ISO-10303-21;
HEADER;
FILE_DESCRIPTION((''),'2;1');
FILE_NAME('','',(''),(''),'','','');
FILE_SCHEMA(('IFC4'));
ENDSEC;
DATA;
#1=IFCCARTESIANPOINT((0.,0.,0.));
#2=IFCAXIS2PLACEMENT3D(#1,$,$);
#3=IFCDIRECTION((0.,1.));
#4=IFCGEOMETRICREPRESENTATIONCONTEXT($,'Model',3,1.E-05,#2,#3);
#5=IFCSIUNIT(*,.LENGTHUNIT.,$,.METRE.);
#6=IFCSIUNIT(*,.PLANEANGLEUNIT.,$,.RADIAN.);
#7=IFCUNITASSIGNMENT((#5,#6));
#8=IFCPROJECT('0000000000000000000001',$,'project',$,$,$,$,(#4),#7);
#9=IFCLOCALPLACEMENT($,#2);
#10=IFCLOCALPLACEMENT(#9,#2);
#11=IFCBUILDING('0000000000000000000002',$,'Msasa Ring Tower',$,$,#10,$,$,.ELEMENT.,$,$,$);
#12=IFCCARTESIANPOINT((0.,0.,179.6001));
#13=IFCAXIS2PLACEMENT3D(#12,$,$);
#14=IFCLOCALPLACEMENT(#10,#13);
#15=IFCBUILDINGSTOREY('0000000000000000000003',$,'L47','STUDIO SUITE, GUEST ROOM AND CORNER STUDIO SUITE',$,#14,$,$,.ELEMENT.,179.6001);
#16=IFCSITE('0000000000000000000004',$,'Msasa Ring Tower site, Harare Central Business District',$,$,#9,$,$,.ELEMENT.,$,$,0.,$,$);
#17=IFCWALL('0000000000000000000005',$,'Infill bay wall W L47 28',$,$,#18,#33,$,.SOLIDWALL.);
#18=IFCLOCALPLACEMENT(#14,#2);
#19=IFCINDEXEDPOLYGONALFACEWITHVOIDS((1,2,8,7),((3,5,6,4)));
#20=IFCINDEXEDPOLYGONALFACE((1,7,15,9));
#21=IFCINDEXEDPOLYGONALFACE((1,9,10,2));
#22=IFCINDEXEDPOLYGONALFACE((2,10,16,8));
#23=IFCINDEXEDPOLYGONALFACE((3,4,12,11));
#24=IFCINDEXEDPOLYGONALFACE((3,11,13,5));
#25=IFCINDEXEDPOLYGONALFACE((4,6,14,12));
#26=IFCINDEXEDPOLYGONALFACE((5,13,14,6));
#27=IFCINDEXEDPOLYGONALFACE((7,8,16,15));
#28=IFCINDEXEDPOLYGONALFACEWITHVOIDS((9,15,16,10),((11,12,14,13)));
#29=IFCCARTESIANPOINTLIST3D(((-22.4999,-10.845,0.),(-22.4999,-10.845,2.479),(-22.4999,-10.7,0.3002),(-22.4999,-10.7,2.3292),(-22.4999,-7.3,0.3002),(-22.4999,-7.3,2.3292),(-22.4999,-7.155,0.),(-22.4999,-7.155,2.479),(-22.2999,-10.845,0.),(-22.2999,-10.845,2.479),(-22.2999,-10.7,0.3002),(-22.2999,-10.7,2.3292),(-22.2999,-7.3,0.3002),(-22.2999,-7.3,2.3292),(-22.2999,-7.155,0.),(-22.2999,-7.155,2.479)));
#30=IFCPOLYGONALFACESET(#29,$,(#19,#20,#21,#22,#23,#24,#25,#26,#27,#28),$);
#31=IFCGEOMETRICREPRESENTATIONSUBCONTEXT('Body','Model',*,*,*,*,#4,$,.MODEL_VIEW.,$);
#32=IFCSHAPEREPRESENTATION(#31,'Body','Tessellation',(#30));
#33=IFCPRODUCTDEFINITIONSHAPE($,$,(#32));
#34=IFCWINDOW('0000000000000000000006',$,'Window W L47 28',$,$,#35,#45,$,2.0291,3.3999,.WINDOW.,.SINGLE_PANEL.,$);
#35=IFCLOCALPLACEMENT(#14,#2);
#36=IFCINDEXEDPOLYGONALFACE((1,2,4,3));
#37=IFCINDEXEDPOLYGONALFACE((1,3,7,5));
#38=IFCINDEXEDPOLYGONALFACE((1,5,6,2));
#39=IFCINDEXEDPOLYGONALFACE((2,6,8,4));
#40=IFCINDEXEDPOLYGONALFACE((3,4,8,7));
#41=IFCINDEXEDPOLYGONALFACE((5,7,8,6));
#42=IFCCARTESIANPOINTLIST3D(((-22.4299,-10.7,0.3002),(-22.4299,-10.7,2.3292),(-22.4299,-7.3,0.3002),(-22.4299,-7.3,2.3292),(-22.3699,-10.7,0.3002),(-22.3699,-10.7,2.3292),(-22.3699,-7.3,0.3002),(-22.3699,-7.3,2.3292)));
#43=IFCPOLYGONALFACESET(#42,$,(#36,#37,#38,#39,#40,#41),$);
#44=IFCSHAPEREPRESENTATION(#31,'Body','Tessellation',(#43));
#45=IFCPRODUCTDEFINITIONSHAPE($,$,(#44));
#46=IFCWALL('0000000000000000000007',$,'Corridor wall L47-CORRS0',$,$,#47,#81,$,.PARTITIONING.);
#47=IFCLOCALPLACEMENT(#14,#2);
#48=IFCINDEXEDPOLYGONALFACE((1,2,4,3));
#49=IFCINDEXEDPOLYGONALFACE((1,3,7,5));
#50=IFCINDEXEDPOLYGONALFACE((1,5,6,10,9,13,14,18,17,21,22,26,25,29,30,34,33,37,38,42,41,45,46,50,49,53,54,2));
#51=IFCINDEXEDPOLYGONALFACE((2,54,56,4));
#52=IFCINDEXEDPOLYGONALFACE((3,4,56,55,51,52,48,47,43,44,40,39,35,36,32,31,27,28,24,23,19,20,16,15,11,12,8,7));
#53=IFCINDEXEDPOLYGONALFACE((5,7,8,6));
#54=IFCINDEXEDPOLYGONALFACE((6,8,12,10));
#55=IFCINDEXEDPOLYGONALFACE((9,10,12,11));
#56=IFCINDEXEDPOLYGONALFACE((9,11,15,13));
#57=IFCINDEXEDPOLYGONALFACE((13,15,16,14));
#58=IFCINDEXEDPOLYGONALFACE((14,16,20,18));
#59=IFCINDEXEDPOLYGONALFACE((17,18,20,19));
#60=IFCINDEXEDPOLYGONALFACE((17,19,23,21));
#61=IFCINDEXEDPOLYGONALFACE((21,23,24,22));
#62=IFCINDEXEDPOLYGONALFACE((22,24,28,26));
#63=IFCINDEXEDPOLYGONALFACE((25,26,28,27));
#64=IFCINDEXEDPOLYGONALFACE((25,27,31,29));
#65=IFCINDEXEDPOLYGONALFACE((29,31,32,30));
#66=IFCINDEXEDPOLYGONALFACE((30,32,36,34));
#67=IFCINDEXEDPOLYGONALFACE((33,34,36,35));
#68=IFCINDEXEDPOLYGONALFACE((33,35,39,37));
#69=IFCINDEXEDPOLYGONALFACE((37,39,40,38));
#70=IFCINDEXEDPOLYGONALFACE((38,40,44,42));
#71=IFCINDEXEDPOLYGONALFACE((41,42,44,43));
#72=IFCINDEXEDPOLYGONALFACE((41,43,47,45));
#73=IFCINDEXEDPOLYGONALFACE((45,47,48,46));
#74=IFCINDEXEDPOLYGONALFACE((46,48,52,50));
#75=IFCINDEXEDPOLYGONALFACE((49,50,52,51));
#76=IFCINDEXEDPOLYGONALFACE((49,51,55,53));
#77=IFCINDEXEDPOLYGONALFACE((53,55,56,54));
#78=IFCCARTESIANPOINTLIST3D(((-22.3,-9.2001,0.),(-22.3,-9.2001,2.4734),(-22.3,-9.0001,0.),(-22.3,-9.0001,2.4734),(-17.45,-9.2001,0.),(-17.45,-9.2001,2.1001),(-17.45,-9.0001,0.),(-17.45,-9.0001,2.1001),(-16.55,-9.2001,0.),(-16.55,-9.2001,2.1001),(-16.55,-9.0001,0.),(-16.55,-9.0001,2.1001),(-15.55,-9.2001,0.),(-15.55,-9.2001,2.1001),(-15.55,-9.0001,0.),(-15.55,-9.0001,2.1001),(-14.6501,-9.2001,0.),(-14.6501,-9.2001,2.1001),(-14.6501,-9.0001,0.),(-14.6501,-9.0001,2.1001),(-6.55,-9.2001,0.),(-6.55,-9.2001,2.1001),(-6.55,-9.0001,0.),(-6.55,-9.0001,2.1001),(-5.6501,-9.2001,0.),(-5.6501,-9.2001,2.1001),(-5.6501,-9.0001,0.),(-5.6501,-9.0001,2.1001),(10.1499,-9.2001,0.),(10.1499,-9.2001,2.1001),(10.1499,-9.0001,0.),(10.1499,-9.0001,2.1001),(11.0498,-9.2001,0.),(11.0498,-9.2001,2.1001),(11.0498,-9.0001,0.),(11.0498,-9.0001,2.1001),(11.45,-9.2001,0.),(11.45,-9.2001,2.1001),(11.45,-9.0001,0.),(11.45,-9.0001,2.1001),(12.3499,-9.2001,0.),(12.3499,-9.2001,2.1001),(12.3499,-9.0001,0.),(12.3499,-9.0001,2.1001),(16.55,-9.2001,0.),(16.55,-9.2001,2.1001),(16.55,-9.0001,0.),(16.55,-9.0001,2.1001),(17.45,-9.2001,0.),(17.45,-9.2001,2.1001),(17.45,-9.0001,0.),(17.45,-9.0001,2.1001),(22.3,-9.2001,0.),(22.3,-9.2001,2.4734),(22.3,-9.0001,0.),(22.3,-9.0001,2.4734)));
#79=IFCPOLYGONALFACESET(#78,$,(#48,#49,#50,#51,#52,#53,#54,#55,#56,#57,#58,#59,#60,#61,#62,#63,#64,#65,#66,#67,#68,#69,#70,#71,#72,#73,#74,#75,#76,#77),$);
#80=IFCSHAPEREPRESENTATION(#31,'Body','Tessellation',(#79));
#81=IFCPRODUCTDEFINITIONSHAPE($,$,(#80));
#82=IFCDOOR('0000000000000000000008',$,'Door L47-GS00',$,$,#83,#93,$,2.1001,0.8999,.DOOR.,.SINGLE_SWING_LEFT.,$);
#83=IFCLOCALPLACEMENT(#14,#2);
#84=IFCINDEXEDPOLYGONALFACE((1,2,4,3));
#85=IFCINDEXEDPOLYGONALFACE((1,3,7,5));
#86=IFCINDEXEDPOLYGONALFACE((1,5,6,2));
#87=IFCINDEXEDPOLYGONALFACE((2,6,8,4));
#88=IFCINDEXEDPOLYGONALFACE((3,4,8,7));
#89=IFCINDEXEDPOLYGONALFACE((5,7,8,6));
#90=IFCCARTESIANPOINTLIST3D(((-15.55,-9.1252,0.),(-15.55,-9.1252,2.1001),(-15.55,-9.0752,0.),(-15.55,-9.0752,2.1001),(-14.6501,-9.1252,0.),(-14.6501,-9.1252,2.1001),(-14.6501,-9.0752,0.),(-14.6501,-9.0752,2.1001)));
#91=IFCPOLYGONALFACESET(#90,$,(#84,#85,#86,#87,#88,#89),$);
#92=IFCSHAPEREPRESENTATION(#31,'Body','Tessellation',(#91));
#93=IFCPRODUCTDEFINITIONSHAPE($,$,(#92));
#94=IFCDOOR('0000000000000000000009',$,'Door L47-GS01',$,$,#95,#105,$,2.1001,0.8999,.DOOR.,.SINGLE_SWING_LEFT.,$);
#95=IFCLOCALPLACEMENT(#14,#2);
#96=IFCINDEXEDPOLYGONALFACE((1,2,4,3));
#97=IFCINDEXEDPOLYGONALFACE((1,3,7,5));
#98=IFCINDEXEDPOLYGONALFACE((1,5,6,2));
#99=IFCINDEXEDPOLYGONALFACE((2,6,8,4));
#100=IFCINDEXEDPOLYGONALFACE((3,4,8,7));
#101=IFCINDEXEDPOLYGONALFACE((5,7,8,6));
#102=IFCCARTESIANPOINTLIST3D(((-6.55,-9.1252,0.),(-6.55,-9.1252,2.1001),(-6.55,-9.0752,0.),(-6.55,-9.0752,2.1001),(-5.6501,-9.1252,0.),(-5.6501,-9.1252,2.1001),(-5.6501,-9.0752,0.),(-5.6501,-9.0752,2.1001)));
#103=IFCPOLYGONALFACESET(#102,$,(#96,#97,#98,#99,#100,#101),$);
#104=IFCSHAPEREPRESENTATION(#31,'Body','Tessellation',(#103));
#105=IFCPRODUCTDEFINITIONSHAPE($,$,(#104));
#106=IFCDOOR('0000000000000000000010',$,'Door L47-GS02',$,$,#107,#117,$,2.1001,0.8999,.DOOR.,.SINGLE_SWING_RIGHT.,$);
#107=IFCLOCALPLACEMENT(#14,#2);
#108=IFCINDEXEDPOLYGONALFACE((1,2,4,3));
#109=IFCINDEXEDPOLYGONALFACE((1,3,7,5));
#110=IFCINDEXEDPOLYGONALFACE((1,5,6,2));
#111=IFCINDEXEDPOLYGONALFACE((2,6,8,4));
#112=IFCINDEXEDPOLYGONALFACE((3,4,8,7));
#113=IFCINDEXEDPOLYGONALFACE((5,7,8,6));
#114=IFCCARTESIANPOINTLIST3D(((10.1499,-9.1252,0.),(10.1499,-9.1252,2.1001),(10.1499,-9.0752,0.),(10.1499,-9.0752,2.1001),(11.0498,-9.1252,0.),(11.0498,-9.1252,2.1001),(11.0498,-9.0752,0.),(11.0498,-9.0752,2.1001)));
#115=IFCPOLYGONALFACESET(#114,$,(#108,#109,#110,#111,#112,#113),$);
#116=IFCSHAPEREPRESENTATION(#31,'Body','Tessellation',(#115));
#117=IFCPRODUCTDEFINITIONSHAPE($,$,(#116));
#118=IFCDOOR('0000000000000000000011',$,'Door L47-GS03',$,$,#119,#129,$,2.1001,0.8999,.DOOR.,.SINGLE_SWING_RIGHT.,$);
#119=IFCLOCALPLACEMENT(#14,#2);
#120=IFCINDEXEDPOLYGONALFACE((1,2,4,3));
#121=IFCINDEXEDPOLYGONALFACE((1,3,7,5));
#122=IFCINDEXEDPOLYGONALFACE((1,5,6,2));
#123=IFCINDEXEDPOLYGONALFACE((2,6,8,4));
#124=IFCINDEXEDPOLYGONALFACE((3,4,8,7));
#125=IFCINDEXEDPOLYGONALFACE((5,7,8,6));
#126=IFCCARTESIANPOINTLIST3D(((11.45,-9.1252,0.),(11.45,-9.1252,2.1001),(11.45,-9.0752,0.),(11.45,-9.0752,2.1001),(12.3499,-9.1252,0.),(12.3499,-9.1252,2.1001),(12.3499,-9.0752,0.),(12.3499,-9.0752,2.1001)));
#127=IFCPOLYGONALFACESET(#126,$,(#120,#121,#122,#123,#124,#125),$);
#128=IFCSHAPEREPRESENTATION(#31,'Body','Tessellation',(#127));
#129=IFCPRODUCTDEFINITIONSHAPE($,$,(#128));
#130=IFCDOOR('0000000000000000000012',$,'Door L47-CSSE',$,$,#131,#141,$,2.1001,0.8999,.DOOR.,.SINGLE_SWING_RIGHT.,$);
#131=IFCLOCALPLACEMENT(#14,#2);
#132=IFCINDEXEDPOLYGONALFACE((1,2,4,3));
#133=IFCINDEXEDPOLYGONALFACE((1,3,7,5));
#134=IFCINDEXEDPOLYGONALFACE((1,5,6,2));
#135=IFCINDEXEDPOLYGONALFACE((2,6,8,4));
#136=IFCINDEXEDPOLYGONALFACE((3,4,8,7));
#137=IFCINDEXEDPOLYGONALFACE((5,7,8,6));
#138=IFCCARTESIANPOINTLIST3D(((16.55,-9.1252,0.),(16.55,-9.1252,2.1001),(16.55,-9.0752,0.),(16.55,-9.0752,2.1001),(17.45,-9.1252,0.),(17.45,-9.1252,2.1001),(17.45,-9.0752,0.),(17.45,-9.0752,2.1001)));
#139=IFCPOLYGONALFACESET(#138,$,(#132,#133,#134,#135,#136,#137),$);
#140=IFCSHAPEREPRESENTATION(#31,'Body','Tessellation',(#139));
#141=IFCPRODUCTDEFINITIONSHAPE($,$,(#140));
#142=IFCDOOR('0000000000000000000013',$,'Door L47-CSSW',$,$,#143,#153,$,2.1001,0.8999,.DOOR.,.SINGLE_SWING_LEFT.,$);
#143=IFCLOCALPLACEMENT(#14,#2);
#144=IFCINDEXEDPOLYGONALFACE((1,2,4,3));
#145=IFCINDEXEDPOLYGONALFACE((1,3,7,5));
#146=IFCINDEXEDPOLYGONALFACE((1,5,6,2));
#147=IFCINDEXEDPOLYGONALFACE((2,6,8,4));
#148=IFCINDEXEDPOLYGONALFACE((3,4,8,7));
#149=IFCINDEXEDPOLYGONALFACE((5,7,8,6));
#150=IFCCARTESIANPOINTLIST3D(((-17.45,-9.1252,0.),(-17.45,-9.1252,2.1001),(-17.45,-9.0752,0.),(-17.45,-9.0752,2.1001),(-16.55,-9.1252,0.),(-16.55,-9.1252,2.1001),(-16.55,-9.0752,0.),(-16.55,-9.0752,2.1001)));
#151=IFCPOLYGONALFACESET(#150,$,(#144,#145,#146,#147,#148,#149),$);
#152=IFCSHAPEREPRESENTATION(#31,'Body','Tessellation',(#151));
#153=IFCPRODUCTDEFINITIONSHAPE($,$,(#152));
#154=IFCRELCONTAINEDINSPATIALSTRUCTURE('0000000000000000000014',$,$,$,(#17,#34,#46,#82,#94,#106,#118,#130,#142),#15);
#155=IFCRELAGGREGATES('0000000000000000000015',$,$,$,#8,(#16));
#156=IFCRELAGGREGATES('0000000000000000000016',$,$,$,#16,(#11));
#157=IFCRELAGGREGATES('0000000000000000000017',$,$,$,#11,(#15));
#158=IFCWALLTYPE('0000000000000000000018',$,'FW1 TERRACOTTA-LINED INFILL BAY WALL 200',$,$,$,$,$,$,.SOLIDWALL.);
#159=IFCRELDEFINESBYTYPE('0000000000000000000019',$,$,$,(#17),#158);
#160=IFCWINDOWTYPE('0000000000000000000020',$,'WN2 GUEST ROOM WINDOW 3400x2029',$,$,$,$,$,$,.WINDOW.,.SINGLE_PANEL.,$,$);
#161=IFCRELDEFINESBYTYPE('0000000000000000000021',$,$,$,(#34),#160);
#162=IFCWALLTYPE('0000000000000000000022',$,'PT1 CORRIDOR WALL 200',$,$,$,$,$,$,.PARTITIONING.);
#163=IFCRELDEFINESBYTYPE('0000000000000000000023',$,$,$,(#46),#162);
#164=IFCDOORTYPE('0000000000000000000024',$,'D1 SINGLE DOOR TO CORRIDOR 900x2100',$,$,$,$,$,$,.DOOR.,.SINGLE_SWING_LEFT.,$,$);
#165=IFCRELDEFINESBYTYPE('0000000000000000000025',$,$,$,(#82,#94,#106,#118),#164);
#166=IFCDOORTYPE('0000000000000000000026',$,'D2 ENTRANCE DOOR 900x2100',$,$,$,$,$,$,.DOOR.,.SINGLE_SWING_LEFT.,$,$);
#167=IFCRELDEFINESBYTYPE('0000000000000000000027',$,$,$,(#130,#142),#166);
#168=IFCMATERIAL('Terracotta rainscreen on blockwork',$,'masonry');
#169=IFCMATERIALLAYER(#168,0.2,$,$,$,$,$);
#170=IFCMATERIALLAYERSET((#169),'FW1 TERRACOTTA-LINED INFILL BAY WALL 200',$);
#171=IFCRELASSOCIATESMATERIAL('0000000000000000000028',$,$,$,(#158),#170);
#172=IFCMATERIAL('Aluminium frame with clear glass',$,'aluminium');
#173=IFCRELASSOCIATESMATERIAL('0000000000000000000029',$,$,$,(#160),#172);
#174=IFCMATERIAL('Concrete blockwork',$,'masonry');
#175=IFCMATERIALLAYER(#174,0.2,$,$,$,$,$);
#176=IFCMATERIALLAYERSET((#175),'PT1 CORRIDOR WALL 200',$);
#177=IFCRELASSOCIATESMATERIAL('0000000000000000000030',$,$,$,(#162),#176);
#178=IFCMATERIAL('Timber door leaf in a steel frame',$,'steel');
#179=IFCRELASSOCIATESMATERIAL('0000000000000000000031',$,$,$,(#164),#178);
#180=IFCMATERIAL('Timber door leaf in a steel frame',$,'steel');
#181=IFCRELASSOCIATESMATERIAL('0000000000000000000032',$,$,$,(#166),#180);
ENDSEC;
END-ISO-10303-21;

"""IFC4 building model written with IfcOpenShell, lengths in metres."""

from ifc_helpers import new_model, si_unit, direction, frame, frame_2d, origin, place, context, subcontext, project, spatial, rectangle, extrude, material, layer, layer_set, type_object, element, fill, save


model = new_model("IFC4")

# Units and contexts
model_context = context("Model", 3, precision=1e-05, world=origin(), true_north=direction((0.0, 1.0)))
body_context = subcontext(model_context, "Body", "Model", "MODEL_VIEW")
ifc_project = project(units=[si_unit("LENGTHUNIT", "METRE"), si_unit("PLANEANGLEUNIT", "RADIAN")], contexts=[model_context])

# Site, building, storey
site_placement = place(None, origin())
site = spatial("IfcSite", under=ifc_project, at=site_placement, Name="Msasa Ring Tower site, Harare Central Business District", CompositionType="ELEMENT", RefElevation=0.0)
building_placement = place(site_placement, origin())
building = spatial("IfcBuilding", under=site, at=building_placement, Name="Msasa Ring Tower", CompositionType="ELEMENT")
storey_placement = place(building_placement, frame((0.0, 0.0, 179.6001)))
storey = spatial("IfcBuildingStorey", under=building, at=storey_placement, Name="L47", Description="STUDIO SUITE, GUEST ROOM AND CORNER STUDIO SUITE", CompositionType="ELEMENT", Elevation=179.6001)

# Wall, opening, window
ifc_material_1 = material(Name="Terracotta rainscreen on blockwork", Category="masonry")
ifc_layer_1 = layer(ifc_material_1, 0.2)
ifc_layer_set_1 = layer_set([ifc_layer_1], Name="FW1 TERRACOTTA-LINED INFILL BAY WALL 200")
wall_type_1 = type_object("IfcWallType", Name="FW1 TERRACOTTA-LINED INFILL BAY WALL 200", PredefinedType="SOLIDWALL", material=ifc_layer_set_1)
ifc_material_2 = material(Name="Aluminium frame with clear glass", Category="aluminium")
window_type = type_object("IfcWindowType", Name="WN2 GUEST ROOM WINDOW 3400x2029", PartitioningType="SINGLE_PANEL", PredefinedType="WINDOW", material=ifc_material_2)
wall_1_placement = place(storey_placement, frame((-22.3999, -10.845, 0.0), z_axis=(0.0, 0.0, 1.0), x_axis=(0.0, 1.0, 0.0)))
wall_1 = element("IfcWall", 1, at=wall_1_placement, inside=storey, type_object=wall_type_1, Name="Infill bay wall W L47 28", PredefinedType="SOLIDWALL", context=body_context, shape_type="SweptSolid", body=[
    extrude(rectangle(XDim=3.6899, YDim=0.2, at=frame_2d((1.845, 0.0))), origin(), (0.0, 0.0, 1.0), 2.479),
])
opening_1_placement = place(wall_1_placement, frame((0.145, 0.0, 0.3)))
opening_1 = element("IfcOpeningElement", 2, at=opening_1_placement, cuts=wall_1, PredefinedType="OPENING", context=body_context, shape_type="SweptSolid", body=[
    extrude(rectangle(XDim=3.3999, YDim=2.0291, at=frame_2d((1.7, 1.0146))), frame((0.0, 0.1099, 0.0), z_axis=(0.0, -1.0, 0.0), x_axis=(1.0, 0.0, 0.0)), (0.0, 0.0, 1.0), 0.22),
])
window_1_placement = place(opening_1_placement, origin())
window_1 = element("IfcWindow", 3, at=window_1_placement, inside=storey, type_object=window_type, Name="Window W L47 28", OverallHeight=2.0291, OverallWidth=3.3999, PartitioningType="SINGLE_PANEL", PredefinedType="WINDOW", context=body_context, shape_type="SweptSolid", body=[
    extrude(rectangle(XDim=3.3999, YDim=2.0291, at=frame_2d((1.7, 1.0146))), frame((0.0, 0.03, 0.0), z_axis=(0.0, -1.0, 0.0), x_axis=(1.0, 0.0, 0.0)), (0.0, 0.0, 1.0), 0.0601),
])
fill(opening_1, window_1)

# Wall, openings, doors
ifc_material_3 = material(Name="Concrete blockwork", Category="masonry")
ifc_layer_2 = layer(ifc_material_3, 0.2)
ifc_layer_set_2 = layer_set([ifc_layer_2], Name="PT1 CORRIDOR WALL 200")
wall_type_2 = type_object("IfcWallType", Name="PT1 CORRIDOR WALL 200", PredefinedType="PARTITIONING", material=ifc_layer_set_2)
wall_2_placement = place(storey_placement, frame((-22.3, -9.1001, 0.0), z_axis=(0.0, 0.0, 1.0), x_axis=(1.0, 0.0, 0.0)))
wall_2 = element("IfcWall", 4, at=wall_2_placement, inside=storey, type_object=wall_type_2, Name="Corridor wall L47-CORRS0", PredefinedType="PARTITIONING", context=body_context, shape_type="SweptSolid", body=[
    extrude(rectangle(XDim=44.6001, YDim=0.2, at=frame_2d((22.3, 0.0))), origin(), (0.0, 0.0, 1.0), 2.4734),
])
opening_2_placement = place(wall_2_placement, frame((6.75, 0.0, 0.0)))
opening_2 = element("IfcOpeningElement", 5, at=opening_2_placement, cuts=wall_2, PredefinedType="OPENING", context=body_context, shape_type="SweptSolid", body=[
    extrude(rectangle(XDim=0.8999, YDim=2.1001, at=frame_2d((0.45, 1.05))), frame((0.0, 0.1099, 0.0), z_axis=(0.0, -1.0, 0.0), x_axis=(1.0, 0.0, 0.0)), (0.0, 0.0, 1.0), 0.22),
])
opening_3_placement = place(wall_2_placement, frame((15.75, 0.0, 0.0)))
opening_3 = element("IfcOpeningElement", 6, at=opening_3_placement, cuts=wall_2, PredefinedType="OPENING", context=body_context, shape_type="SweptSolid", body=[
    extrude(rectangle(XDim=0.8999, YDim=2.1001, at=frame_2d((0.45, 1.05))), frame((0.0, 0.1099, 0.0), z_axis=(0.0, -1.0, 0.0), x_axis=(1.0, 0.0, 0.0)), (0.0, 0.0, 1.0), 0.22),
])
opening_4_placement = place(wall_2_placement, frame((32.45, 0.0, 0.0)))
opening_4 = element("IfcOpeningElement", 7, at=opening_4_placement, cuts=wall_2, PredefinedType="OPENING", context=body_context, shape_type="SweptSolid", body=[
    extrude(rectangle(XDim=0.8999, YDim=2.1001, at=frame_2d((0.45, 1.05))), frame((0.0, 0.1099, 0.0), z_axis=(0.0, -1.0, 0.0), x_axis=(1.0, 0.0, 0.0)), (0.0, 0.0, 1.0), 0.22),
])
opening_5_placement = place(wall_2_placement, frame((33.75, 0.0, 0.0)))
opening_5 = element("IfcOpeningElement", 8, at=opening_5_placement, cuts=wall_2, PredefinedType="OPENING", context=body_context, shape_type="SweptSolid", body=[
    extrude(rectangle(XDim=0.8999, YDim=2.1001, at=frame_2d((0.45, 1.05))), frame((0.0, 0.1099, 0.0), z_axis=(0.0, -1.0, 0.0), x_axis=(1.0, 0.0, 0.0)), (0.0, 0.0, 1.0), 0.22),
])
opening_6_placement = place(wall_2_placement, frame((38.8501, 0.0, 0.0)))
opening_6 = element("IfcOpeningElement", 9, at=opening_6_placement, cuts=wall_2, PredefinedType="OPENING", context=body_context, shape_type="SweptSolid", body=[
    extrude(rectangle(XDim=0.8999, YDim=2.1001, at=frame_2d((0.45, 1.05))), frame((0.0, 0.1099, 0.0), z_axis=(0.0, -1.0, 0.0), x_axis=(1.0, 0.0, 0.0)), (0.0, 0.0, 1.0), 0.22),
])
opening_7_placement = place(wall_2_placement, frame((4.8501, 0.0, 0.0)))
opening_7 = element("IfcOpeningElement", 10, at=opening_7_placement, cuts=wall_2, PredefinedType="OPENING", context=body_context, shape_type="SweptSolid", body=[
    extrude(rectangle(XDim=0.8999, YDim=2.1001, at=frame_2d((0.45, 1.05))), frame((0.0, 0.1099, 0.0), z_axis=(0.0, -1.0, 0.0), x_axis=(1.0, 0.0, 0.0)), (0.0, 0.0, 1.0), 0.22),
])
ifc_material_4 = material(Name="Timber door leaf in a steel frame", Category="steel")
door_type_1 = type_object("IfcDoorType", Name="D1 SINGLE DOOR TO CORRIDOR 900x2100", OperationType="SINGLE_SWING_LEFT", PredefinedType="DOOR", material=ifc_material_4)
door_1_placement = place(opening_2_placement, origin())
door_1 = element("IfcDoor", 11, at=door_1_placement, inside=storey, type_object=door_type_1, Name="Door L47-GS00", OperationType="SINGLE_SWING_LEFT", OverallHeight=2.1001, OverallWidth=0.8999, PredefinedType="DOOR", context=body_context, shape_type="SweptSolid", body=[
    extrude(rectangle(XDim=0.8999, YDim=2.1001, at=frame_2d((0.45, 1.05))), frame((0.0, 0.0249, 0.0), z_axis=(0.0, -1.0, 0.0), x_axis=(1.0, 0.0, 0.0)), (0.0, 0.0, 1.0), 0.05),
])
fill(opening_2, door_1)
door_2_placement = place(opening_3_placement, origin())
door_2 = element("IfcDoor", 12, at=door_2_placement, inside=storey, type_object=door_type_1, Name="Door L47-GS01", OperationType="SINGLE_SWING_LEFT", OverallHeight=2.1001, OverallWidth=0.8999, PredefinedType="DOOR", context=body_context, shape_type="SweptSolid", body=[
    extrude(rectangle(XDim=0.8999, YDim=2.1001, at=frame_2d((0.45, 1.05))), frame((0.0, 0.0249, 0.0), z_axis=(0.0, -1.0, 0.0), x_axis=(1.0, 0.0, 0.0)), (0.0, 0.0, 1.0), 0.05),
])
fill(opening_3, door_2)
door_3_placement = place(opening_4_placement, origin())
door_3 = element("IfcDoor", 13, at=door_3_placement, inside=storey, type_object=door_type_1, Name="Door L47-GS02", OperationType="SINGLE_SWING_RIGHT", OverallHeight=2.1001, OverallWidth=0.8999, PredefinedType="DOOR", context=body_context, shape_type="SweptSolid", body=[
    extrude(rectangle(XDim=0.8999, YDim=2.1001, at=frame_2d((0.45, 1.05))), frame((0.0, 0.0249, 0.0), z_axis=(0.0, -1.0, 0.0), x_axis=(1.0, 0.0, 0.0)), (0.0, 0.0, 1.0), 0.05),
])
fill(opening_4, door_3)
door_4_placement = place(opening_5_placement, origin())
door_4 = element("IfcDoor", 14, at=door_4_placement, inside=storey, type_object=door_type_1, Name="Door L47-GS03", OperationType="SINGLE_SWING_RIGHT", OverallHeight=2.1001, OverallWidth=0.8999, PredefinedType="DOOR", context=body_context, shape_type="SweptSolid", body=[
    extrude(rectangle(XDim=0.8999, YDim=2.1001, at=frame_2d((0.45, 1.05))), frame((0.0, 0.0249, 0.0), z_axis=(0.0, -1.0, 0.0), x_axis=(1.0, 0.0, 0.0)), (0.0, 0.0, 1.0), 0.05),
])
fill(opening_5, door_4)
ifc_material_5 = material(Name="Timber door leaf in a steel frame", Category="steel")
door_type_2 = type_object("IfcDoorType", Name="D2 ENTRANCE DOOR 900x2100", OperationType="SINGLE_SWING_LEFT", PredefinedType="DOOR", material=ifc_material_5)
door_5_placement = place(opening_6_placement, origin())
door_5 = element("IfcDoor", 15, at=door_5_placement, inside=storey, type_object=door_type_2, Name="Door L47-CSSE", OperationType="SINGLE_SWING_RIGHT", OverallHeight=2.1001, OverallWidth=0.8999, PredefinedType="DOOR", context=body_context, shape_type="SweptSolid", body=[
    extrude(rectangle(XDim=0.8999, YDim=2.1001, at=frame_2d((0.45, 1.05))), frame((0.0, 0.0249, 0.0), z_axis=(0.0, -1.0, 0.0), x_axis=(1.0, 0.0, 0.0)), (0.0, 0.0, 1.0), 0.05),
])
fill(opening_6, door_5)
door_6_placement = place(opening_7_placement, origin())
door_6 = element("IfcDoor", 16, at=door_6_placement, inside=storey, type_object=door_type_2, Name="Door L47-CSSW", OperationType="SINGLE_SWING_LEFT", OverallHeight=2.1001, OverallWidth=0.8999, PredefinedType="DOOR", context=body_context, shape_type="SweptSolid", body=[
    extrude(rectangle(XDim=0.8999, YDim=2.1001, at=frame_2d((0.45, 1.05))), frame((0.0, 0.0249, 0.0), z_axis=(0.0, -1.0, 0.0), x_axis=(1.0, 0.0, 0.0)), (0.0, 0.0, 1.0), 0.05),
])
fill(opening_7, door_6)

save(model, "model.ifc")
